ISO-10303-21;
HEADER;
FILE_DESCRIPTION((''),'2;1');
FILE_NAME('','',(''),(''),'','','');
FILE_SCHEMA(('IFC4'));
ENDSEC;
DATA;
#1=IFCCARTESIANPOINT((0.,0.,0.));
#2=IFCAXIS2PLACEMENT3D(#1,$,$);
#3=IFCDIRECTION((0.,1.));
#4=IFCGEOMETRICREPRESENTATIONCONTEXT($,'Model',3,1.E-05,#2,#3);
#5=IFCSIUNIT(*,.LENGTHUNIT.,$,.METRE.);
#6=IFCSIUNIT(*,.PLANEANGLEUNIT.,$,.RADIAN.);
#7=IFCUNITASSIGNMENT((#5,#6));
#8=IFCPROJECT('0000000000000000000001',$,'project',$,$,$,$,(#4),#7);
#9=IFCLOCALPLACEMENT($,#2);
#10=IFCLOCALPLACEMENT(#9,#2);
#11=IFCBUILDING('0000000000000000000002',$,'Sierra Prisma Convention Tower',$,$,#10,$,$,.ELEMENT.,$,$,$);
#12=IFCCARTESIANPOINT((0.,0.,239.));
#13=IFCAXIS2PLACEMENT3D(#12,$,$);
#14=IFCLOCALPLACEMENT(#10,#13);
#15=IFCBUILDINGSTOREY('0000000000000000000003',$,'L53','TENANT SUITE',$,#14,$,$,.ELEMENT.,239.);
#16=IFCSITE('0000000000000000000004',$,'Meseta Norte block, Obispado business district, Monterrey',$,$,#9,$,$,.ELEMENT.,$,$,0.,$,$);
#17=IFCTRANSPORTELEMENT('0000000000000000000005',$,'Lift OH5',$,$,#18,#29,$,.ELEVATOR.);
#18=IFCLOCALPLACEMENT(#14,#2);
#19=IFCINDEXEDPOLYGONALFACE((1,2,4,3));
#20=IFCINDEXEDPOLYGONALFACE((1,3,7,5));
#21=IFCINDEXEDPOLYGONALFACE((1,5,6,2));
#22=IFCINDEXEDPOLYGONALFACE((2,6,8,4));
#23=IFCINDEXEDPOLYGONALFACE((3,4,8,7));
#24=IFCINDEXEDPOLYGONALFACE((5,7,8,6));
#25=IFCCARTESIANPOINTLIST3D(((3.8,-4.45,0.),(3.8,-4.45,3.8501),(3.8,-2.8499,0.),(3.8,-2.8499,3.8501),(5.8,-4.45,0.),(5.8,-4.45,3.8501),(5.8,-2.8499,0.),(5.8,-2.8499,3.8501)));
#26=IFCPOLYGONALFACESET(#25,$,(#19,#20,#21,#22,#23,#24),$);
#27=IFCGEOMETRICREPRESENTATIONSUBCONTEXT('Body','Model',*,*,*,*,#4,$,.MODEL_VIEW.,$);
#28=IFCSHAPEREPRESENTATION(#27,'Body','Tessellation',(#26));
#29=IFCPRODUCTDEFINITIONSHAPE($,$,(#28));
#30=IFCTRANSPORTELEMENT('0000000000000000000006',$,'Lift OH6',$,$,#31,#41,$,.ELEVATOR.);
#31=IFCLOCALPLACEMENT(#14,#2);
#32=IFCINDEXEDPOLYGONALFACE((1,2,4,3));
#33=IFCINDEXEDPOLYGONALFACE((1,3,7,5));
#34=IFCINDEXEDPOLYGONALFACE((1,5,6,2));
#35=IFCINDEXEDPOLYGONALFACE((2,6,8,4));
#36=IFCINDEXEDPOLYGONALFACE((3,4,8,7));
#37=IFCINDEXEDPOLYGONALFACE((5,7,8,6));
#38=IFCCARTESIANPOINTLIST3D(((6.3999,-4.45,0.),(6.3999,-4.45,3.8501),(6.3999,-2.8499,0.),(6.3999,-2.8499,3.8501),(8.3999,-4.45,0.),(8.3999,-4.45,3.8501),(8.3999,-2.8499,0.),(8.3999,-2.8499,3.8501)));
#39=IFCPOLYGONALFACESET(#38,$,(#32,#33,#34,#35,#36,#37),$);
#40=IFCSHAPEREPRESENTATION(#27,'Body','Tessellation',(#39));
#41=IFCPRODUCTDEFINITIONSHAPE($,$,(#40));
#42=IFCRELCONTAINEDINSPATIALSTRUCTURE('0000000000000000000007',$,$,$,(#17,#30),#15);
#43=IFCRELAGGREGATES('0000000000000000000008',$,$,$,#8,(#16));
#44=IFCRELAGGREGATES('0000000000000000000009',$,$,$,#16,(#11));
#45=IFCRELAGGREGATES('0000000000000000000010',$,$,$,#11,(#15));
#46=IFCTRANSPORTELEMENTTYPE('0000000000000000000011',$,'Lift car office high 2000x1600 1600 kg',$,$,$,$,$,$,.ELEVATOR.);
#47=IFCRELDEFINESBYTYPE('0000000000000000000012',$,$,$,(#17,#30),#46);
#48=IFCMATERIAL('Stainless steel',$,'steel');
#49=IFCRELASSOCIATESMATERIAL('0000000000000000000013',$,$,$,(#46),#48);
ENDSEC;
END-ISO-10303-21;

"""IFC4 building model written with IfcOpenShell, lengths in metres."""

from ifc_helpers import new_model, si_unit, direction, frame, origin, origin_2d, place, context, subcontext, project, spatial, rectangle, extrude, material, type_object, element, save


model = new_model("IFC4")

# Units and contexts
model_context = context("Model", 3, precision=1e-05, world=origin(), true_north=direction((0.0, 1.0)))
body_context = subcontext(model_context, "Body", "Model", "MODEL_VIEW")
ifc_project = project(units=[si_unit("LENGTHUNIT", "METRE"), si_unit("PLANEANGLEUNIT", "RADIAN")], contexts=[model_context])

# Site, building, storey
site_placement = place(None, origin())
site = spatial("IfcSite", under=ifc_project, at=site_placement, Name="Meseta Norte block, Obispado business district, Monterrey", CompositionType="ELEMENT", RefElevation=0.0)
building_placement = place(site_placement, origin())
building = spatial("IfcBuilding", under=site, at=building_placement, Name="Sierra Prisma Convention Tower", CompositionType="ELEMENT")
storey_placement = place(building_placement, frame((0.0, 0.0, 239.0)))
storey = spatial("IfcBuildingStorey", under=building, at=storey_placement, Name="L53", Description="TENANT SUITE", CompositionType="ELEMENT", Elevation=239.0)

# Transport elements
ifc_material_1 = material(Name="Stainless steel", Category="steel")
transport_element_type = type_object("IfcTransportElementType", Name="Lift car office high 2000x1600 1600 kg", PredefinedType="ELEVATOR", material=ifc_material_1)
for number, where, z_axis, x_axis, name in (
    (1, (4.8, -3.6499, 0.0), (0.0, 0.0, 1.0), (1.0, 0.0, 0.0), "Lift OH5"),
    (2, (7.3999, -3.6499, 0.0), (0.0, 0.0, 1.0), (1.0, 0.0, 0.0), "Lift OH6"),
):
    element("IfcTransportElement", number, at=place(storey_placement, frame(where, z_axis=z_axis, x_axis=x_axis)), inside=storey, type_object=transport_element_type, Name=name, PredefinedType="ELEVATOR", context=body_context, shape_type="SweptSolid", body=[
        extrude(rectangle(XDim=2.0, YDim=1.6001, at=origin_2d()), origin(), (0.0, 0.0, 1.0), 3.8501),
    ])

save(model, "model.ifc")
